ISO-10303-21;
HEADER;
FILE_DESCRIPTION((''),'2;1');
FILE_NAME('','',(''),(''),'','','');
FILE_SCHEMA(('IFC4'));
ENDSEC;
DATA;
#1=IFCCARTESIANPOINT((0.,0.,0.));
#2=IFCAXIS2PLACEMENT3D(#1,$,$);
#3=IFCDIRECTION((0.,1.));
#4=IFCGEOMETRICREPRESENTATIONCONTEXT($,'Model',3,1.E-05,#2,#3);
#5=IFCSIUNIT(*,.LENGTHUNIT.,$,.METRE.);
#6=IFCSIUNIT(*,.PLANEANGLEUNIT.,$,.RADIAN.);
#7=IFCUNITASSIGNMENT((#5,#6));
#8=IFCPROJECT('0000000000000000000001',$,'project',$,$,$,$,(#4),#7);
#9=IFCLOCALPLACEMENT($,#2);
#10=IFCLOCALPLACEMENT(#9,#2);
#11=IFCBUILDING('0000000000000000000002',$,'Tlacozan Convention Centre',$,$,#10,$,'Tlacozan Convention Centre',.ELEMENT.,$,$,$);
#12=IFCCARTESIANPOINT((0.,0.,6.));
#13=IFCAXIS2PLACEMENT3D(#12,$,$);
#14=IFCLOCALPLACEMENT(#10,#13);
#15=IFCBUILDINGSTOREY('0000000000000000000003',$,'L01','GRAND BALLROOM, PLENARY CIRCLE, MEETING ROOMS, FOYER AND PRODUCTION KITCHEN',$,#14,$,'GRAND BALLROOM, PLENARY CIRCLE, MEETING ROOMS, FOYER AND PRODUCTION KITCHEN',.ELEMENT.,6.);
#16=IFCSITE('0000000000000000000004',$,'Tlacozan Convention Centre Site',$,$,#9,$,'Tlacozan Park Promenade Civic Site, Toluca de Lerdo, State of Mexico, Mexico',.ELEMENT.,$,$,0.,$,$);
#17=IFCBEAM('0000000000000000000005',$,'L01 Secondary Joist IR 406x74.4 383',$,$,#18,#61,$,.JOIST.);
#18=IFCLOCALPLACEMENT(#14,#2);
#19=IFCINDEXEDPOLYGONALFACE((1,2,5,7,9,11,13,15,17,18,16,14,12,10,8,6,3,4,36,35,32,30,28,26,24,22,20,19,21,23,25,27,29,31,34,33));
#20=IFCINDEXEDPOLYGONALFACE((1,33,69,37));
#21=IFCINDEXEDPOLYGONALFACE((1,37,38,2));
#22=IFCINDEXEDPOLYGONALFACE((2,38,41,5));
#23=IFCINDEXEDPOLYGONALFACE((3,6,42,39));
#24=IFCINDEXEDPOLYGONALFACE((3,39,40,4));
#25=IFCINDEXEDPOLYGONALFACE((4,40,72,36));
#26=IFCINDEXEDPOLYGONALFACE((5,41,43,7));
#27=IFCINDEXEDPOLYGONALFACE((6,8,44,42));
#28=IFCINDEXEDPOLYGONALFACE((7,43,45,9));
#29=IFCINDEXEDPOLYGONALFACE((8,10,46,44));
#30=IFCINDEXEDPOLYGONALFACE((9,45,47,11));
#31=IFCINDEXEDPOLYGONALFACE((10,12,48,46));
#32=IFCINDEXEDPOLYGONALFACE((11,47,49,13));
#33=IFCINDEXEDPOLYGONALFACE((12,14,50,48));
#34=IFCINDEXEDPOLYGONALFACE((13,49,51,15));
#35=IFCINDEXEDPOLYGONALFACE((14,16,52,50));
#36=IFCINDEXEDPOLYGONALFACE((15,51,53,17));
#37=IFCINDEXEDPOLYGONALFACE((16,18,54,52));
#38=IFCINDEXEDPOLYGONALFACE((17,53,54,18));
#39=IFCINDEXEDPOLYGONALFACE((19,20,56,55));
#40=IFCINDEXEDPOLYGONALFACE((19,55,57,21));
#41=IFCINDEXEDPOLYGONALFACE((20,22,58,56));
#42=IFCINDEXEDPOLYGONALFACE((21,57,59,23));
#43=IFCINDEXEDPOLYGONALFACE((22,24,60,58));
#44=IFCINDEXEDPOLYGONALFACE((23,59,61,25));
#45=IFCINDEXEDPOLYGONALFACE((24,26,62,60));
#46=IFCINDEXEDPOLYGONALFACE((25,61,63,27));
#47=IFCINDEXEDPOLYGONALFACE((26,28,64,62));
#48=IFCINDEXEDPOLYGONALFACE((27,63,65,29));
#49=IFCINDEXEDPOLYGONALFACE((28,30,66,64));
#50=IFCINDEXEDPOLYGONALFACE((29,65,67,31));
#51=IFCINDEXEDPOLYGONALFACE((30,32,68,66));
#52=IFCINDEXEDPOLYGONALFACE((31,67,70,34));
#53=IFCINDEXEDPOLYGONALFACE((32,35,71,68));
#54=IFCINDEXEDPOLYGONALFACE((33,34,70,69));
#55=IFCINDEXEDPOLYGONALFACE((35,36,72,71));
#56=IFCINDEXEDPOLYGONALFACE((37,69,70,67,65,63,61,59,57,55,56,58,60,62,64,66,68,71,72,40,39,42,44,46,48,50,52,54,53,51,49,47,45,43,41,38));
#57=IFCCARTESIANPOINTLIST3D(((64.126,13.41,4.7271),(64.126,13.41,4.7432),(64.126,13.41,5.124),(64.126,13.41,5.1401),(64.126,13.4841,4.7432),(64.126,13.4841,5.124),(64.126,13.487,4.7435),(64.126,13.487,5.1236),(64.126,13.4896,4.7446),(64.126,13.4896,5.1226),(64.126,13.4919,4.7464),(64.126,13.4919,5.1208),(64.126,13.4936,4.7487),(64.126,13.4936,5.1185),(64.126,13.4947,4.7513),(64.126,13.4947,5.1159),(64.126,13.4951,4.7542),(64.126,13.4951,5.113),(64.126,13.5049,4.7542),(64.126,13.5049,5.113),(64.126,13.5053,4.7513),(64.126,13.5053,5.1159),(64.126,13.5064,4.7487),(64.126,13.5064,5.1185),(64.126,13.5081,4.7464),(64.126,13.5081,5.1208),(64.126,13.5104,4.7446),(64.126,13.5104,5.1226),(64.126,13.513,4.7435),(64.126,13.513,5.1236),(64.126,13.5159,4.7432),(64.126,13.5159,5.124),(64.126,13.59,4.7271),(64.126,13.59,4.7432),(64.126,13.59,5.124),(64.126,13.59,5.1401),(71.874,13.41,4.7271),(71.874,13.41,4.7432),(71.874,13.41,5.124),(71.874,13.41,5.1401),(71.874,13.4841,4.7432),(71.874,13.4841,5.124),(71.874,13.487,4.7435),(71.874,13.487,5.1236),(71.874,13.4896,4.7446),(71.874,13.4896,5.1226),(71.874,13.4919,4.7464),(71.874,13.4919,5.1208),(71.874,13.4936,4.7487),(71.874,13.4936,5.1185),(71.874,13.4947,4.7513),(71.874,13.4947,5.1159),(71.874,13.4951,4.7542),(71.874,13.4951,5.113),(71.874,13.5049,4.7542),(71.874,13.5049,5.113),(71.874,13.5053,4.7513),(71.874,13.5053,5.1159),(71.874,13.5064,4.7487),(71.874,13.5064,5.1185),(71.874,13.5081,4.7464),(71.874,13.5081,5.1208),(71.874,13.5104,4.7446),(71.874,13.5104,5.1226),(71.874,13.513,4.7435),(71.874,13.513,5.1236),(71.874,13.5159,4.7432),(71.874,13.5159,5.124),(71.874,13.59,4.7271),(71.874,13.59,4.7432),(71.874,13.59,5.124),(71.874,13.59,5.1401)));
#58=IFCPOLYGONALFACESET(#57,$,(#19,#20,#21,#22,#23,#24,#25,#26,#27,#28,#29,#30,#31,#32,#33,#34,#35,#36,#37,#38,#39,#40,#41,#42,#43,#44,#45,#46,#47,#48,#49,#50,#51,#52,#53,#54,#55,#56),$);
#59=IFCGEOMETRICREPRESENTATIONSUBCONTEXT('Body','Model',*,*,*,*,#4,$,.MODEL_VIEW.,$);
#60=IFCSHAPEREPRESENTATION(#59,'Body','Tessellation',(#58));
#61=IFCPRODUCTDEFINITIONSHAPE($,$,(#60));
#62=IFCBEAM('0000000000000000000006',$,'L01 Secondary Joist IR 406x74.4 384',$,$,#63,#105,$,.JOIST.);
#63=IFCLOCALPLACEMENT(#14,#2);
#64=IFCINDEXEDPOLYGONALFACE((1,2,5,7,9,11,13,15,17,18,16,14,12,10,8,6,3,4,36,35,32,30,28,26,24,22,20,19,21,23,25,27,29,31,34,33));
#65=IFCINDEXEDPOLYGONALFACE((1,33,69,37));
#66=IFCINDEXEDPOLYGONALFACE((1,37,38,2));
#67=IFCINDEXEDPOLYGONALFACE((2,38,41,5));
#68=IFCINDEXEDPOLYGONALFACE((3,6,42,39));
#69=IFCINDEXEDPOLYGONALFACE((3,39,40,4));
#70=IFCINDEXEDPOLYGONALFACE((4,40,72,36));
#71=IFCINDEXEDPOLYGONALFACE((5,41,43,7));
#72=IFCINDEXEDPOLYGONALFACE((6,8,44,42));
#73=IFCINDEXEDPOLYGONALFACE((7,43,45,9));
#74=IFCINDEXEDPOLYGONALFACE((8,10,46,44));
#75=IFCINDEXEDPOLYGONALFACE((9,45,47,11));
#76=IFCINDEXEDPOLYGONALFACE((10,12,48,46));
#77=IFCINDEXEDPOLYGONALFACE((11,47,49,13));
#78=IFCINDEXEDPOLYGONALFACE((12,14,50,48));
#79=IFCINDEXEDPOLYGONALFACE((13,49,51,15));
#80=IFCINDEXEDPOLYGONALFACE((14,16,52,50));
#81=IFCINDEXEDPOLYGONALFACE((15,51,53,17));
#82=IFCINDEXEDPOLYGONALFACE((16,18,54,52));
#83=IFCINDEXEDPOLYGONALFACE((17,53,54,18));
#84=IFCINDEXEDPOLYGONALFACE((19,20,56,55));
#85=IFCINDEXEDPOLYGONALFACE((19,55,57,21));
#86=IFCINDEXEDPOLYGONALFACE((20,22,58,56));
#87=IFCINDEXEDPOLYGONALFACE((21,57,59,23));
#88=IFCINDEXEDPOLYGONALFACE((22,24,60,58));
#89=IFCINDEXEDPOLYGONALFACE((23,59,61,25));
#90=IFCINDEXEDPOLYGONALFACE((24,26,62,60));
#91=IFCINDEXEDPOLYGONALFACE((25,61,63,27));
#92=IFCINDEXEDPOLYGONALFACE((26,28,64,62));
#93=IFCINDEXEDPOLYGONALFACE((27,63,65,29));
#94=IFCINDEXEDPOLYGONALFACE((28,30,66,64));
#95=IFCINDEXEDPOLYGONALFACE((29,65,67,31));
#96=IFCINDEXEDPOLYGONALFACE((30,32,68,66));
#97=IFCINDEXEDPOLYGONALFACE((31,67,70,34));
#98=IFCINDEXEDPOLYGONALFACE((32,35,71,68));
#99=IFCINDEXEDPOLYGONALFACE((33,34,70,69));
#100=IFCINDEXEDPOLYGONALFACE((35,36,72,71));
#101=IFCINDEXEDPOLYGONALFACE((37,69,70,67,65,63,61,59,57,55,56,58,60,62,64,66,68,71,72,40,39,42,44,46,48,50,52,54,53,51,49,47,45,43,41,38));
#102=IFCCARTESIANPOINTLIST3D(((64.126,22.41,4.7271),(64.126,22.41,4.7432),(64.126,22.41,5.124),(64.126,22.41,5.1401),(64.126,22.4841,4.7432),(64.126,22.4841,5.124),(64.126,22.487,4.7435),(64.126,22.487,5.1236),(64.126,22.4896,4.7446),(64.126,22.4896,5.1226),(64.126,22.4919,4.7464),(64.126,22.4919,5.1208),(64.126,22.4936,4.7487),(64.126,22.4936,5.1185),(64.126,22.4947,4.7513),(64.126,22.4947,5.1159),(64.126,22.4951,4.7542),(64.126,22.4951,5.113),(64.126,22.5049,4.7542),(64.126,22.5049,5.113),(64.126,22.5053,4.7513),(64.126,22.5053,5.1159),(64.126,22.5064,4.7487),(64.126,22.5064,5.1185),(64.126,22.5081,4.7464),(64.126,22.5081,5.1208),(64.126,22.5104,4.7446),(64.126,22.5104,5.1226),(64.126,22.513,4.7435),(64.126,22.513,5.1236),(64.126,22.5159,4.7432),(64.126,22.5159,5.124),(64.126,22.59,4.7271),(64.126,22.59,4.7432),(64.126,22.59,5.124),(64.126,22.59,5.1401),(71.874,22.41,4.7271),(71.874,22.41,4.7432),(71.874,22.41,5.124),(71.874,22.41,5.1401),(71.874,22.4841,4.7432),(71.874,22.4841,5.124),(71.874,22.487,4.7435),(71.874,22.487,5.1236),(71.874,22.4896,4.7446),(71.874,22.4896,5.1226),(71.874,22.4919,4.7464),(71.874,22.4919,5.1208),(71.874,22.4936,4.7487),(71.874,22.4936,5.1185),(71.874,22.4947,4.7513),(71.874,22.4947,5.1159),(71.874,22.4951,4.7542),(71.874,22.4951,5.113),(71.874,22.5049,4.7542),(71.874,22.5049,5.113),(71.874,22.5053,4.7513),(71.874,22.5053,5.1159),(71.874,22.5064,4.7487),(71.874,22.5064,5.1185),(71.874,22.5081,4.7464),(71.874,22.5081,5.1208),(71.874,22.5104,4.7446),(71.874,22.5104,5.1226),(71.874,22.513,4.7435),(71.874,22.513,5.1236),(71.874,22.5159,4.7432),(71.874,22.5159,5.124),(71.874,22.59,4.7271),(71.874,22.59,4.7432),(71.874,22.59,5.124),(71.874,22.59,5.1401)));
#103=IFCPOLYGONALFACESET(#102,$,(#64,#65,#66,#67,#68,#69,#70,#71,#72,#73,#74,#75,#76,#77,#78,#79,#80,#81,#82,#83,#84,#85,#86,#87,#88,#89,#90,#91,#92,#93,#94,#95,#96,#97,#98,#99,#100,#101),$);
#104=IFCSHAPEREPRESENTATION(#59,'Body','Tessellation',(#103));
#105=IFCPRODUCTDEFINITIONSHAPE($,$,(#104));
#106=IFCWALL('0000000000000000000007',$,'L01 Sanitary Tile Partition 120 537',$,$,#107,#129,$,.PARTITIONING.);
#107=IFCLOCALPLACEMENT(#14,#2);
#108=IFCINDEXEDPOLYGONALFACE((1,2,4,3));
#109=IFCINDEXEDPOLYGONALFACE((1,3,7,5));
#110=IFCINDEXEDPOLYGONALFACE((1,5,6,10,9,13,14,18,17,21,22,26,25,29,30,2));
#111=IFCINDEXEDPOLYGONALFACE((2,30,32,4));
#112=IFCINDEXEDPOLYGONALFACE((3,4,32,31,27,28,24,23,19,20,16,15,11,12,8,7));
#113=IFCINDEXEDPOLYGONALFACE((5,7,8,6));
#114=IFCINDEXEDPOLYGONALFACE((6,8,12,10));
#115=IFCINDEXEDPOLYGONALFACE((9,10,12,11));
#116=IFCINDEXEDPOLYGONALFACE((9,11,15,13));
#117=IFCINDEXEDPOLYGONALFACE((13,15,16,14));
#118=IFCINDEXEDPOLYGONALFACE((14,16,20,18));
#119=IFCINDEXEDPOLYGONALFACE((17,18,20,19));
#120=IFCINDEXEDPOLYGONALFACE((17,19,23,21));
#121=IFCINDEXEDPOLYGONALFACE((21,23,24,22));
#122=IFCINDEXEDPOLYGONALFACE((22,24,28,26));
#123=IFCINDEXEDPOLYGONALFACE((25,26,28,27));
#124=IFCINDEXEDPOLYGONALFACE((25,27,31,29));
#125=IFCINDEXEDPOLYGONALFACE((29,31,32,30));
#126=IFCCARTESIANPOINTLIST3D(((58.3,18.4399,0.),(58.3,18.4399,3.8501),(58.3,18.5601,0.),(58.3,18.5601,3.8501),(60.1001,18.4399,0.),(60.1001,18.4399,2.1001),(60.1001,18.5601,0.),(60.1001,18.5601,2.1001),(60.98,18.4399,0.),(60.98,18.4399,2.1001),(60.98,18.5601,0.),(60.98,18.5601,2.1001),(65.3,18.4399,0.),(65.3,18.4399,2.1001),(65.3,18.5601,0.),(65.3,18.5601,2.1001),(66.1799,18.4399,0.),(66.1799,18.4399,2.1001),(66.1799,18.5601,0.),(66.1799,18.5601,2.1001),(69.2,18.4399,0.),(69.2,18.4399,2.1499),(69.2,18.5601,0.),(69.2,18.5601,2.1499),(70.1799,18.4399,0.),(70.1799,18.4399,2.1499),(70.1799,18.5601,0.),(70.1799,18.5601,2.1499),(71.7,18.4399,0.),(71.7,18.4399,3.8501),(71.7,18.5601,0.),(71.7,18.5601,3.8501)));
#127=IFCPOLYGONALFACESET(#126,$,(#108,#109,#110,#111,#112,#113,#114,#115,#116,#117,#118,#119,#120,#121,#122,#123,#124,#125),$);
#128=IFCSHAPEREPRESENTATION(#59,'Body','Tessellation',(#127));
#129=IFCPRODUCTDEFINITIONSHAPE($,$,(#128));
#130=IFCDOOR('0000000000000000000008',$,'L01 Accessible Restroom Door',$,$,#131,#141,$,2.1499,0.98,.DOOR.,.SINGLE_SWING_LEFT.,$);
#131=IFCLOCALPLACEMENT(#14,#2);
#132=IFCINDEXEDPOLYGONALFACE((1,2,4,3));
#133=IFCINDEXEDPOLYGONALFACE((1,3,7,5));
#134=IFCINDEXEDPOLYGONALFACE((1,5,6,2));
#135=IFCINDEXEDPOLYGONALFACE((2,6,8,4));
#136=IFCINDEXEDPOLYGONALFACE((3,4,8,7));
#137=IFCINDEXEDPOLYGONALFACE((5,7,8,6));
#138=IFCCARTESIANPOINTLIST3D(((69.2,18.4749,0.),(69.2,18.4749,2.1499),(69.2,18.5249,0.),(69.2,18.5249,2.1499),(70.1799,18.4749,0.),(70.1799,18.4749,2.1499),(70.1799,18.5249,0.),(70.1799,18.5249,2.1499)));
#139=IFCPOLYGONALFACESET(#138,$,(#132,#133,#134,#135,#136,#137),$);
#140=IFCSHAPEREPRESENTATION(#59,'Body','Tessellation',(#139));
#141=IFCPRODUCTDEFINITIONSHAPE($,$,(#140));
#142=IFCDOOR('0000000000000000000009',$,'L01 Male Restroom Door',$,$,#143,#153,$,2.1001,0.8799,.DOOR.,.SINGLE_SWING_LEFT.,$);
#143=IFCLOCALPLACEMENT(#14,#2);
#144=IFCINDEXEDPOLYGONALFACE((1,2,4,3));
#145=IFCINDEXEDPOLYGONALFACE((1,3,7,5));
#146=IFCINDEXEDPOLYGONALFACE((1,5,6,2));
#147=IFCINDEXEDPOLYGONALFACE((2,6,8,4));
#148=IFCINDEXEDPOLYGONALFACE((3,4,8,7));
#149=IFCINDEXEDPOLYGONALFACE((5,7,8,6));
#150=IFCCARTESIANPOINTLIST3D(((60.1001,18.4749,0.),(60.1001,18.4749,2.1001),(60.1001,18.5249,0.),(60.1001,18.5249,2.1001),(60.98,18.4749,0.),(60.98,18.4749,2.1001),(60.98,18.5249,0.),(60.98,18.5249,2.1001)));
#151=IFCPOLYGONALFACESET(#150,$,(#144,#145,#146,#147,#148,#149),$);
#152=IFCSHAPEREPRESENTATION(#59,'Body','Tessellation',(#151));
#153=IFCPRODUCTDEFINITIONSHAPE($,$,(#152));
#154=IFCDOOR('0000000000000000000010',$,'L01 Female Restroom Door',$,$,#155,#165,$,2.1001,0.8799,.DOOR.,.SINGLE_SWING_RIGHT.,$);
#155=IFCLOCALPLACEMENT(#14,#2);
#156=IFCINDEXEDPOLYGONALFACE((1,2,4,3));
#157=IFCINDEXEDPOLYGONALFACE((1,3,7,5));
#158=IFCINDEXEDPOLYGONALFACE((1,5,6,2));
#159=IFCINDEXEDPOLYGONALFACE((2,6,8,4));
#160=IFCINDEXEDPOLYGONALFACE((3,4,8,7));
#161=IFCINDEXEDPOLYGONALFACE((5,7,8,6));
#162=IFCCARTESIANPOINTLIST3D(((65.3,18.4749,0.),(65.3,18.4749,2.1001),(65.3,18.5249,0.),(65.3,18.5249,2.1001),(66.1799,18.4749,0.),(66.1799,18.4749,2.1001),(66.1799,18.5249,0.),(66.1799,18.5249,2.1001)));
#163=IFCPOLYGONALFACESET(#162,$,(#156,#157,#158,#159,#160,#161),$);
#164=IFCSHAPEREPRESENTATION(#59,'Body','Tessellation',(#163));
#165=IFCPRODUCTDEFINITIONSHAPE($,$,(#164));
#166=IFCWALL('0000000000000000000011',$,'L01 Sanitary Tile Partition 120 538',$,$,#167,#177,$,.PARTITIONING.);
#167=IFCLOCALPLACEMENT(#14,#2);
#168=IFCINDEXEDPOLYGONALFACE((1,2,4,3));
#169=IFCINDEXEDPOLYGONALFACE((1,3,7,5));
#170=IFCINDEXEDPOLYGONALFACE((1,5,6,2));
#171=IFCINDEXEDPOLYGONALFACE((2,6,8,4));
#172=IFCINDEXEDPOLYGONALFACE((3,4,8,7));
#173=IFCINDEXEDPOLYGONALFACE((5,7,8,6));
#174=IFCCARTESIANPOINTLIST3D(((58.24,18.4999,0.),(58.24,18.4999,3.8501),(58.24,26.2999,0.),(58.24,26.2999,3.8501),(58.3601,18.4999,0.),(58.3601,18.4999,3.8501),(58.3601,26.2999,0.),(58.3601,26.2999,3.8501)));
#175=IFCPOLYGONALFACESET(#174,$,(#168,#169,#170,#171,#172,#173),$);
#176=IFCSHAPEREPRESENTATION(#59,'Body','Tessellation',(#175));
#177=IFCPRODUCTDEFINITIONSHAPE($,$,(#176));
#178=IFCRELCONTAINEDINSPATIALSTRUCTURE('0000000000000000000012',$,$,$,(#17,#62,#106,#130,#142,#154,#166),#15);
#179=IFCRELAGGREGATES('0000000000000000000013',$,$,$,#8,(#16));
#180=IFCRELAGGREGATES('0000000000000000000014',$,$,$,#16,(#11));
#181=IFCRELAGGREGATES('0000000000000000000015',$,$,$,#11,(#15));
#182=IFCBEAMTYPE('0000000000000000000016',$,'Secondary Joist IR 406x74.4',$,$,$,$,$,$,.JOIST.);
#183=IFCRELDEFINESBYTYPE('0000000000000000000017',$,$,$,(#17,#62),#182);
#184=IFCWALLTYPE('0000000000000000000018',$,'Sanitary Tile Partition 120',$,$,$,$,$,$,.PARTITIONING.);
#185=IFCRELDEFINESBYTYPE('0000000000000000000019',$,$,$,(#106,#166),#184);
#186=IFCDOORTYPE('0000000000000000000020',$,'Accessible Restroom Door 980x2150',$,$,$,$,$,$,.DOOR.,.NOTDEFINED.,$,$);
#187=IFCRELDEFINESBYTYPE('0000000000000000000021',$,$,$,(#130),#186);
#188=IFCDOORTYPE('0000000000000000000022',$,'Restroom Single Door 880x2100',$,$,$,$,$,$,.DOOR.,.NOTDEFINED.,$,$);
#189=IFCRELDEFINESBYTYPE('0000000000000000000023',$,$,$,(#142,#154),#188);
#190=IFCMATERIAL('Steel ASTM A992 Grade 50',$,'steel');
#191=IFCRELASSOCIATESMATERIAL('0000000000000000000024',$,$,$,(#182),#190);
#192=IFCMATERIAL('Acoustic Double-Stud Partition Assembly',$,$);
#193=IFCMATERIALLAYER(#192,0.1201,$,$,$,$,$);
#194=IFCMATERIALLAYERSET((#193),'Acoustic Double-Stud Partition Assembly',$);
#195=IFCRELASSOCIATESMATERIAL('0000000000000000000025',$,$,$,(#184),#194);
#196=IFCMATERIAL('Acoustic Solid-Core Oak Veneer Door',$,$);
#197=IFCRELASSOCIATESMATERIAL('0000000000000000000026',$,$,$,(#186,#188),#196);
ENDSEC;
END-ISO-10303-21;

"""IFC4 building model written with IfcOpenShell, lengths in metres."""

from ifc_helpers import new_model, si_unit, direction, frame, frame_2d, origin, origin_2d, place, context, subcontext, project, spatial, rectangle, i_section, extrude, material, layer, layer_set, material_profile, profile_set, type_object, element, fill, save


model = new_model("IFC4")

# Units and contexts
model_context = context("Model", 3, precision=1e-05, world=origin(), true_north=direction((0.0, 1.0)))
body_context = subcontext(model_context, "Body", "Model", "MODEL_VIEW")
ifc_project = project(units=[si_unit("LENGTHUNIT", "METRE"), si_unit("PLANEANGLEUNIT", "RADIAN")], contexts=[model_context])

# Site, building, storey
site_placement = place(None, origin())
site = spatial("IfcSite", under=ifc_project, at=site_placement, Name="Tlacozan Convention Centre Site", LongName="Tlacozan Park Promenade Civic Site, Toluca de Lerdo, State of Mexico, Mexico", CompositionType="ELEMENT", RefElevation=0.0)
building_placement = place(site_placement, origin())
building = spatial("IfcBuilding", under=site, at=building_placement, Name="Tlacozan Convention Centre", LongName="Tlacozan Convention Centre", CompositionType="ELEMENT")
storey_placement = place(building_placement, frame((0.0, 0.0, 6.0)))
storey = spatial("IfcBuildingStorey", under=building, at=storey_placement, Name="L01", Description="GRAND BALLROOM, PLENARY CIRCLE, MEETING ROOMS, FOYER AND PRODUCTION KITCHEN", LongName="GRAND BALLROOM, PLENARY CIRCLE, MEETING ROOMS, FOYER AND PRODUCTION KITCHEN", CompositionType="ELEMENT", Elevation=6.0)

# Beams
ifc_material_1 = material(Name="Steel ASTM A992 Grade 50", Category="steel")
ifc_material_profile_1 = material_profile(ifc_material_1, i_section(OverallWidth=0.1799, OverallDepth=0.4131, WebThickness=0.0098, FlangeThickness=0.0161, FilletRadius=0.011, at=origin_2d()), Name="IR 406x74.4")
ifc_profile_set_1 = profile_set([ifc_material_profile_1], Name="Steel ASTM A992 Grade 50")
beam_type_1 = type_object("IfcBeamType", Name="Secondary Joist IR 406x74.4", PredefinedType="JOIST", material=ifc_profile_set_1)
for number, where, z_axis, x_axis, name in (
    (1, (64.126, 13.5, 4.9336), (1.0, 0.0, 0.0), (0.0, 1.0, 0.0), "L01 Secondary Joist IR 406x74.4 383"),
    (2, (64.126, 22.5, 4.9336), (1.0, 0.0, 0.0), (0.0, 1.0, 0.0), "L01 Secondary Joist IR 406x74.4 384"),
):
    element("IfcBeam", number, at=place(storey_placement, frame(where, z_axis=z_axis, x_axis=x_axis)), inside=storey, type_object=beam_type_1, Name=name, PredefinedType="JOIST", context=body_context, shape_type="SweptSolid", body=[
        extrude(i_section(OverallWidth=0.1799, OverallDepth=0.4131, WebThickness=0.0098, FlangeThickness=0.0161, FilletRadius=0.011, at=origin_2d()), origin(), (0.0, 0.0, 1.0), 7.748),
    ])

# Wall, openings, doors
ifc_material_2 = material(Name="Acoustic Double-Stud Partition Assembly")
ifc_layer_1 = layer(ifc_material_2, 0.1201)
ifc_layer_set_1 = layer_set([ifc_layer_1], Name="Acoustic Double-Stud Partition Assembly")
wall_type_1 = type_object("IfcWallType", Name="Sanitary Tile Partition 120", PredefinedType="PARTITIONING", material=ifc_layer_set_1)
wall_1_placement = place(storey_placement, frame((58.3, 18.5, 0.0), z_axis=(0.0, 0.0, 1.0), x_axis=(1.0, 0.0, 0.0)))
wall_1 = element("IfcWall", 3, at=wall_1_placement, inside=storey, type_object=wall_type_1, Name="L01 Sanitary Tile Partition 120 537", PredefinedType="PARTITIONING", context=body_context, shape_type="SweptSolid", body=[
    extrude(rectangle(XDim=13.3999, YDim=0.1201, at=frame_2d((6.7, 0.0))), origin(), (0.0, 0.0, 1.0), 3.8501),
])
opening_1_placement = place(wall_1_placement, frame((1.8, 0.0, 0.0)))
opening_1 = element("IfcOpeningElement", 4, at=opening_1_placement, cuts=wall_1, PredefinedType="OPENING", context=body_context, shape_type="SweptSolid", body=[
    extrude(rectangle(XDim=0.8799, YDim=2.1001, at=frame_2d((0.4399, 1.05))), frame((0.0, 0.0701, 0.0), z_axis=(0.0, -1.0, 0.0), x_axis=(1.0, 0.0, 0.0)), (0.0, 0.0, 1.0), 0.1401),
])
opening_2_placement = place(wall_1_placement, frame((7.0, 0.0, 0.0)))
opening_2 = element("IfcOpeningElement", 5, at=opening_2_placement, cuts=wall_1, PredefinedType="OPENING", context=body_context, shape_type="SweptSolid", body=[
    extrude(rectangle(XDim=0.8799, YDim=2.1001, at=frame_2d((0.4399, 1.05))), frame((0.0, 0.0701, 0.0), z_axis=(0.0, -1.0, 0.0), x_axis=(1.0, 0.0, 0.0)), (0.0, 0.0, 1.0), 0.1401),
])
opening_3_placement = place(wall_1_placement, frame((10.8999, 0.0, 0.0)))
opening_3 = element("IfcOpeningElement", 6, at=opening_3_placement, cuts=wall_1, PredefinedType="OPENING", context=body_context, shape_type="SweptSolid", body=[
    extrude(rectangle(XDim=0.98, YDim=2.1499, at=frame_2d((0.49, 1.075))), frame((0.0, 0.0701, 0.0), z_axis=(0.0, -1.0, 0.0), x_axis=(1.0, 0.0, 0.0)), (0.0, 0.0, 1.0), 0.1401),
])
ifc_material_3 = material(Name="Acoustic Solid-Core Oak Veneer Door")
door_type_1 = type_object("IfcDoorType", Name="Accessible Restroom Door 980x2150", OperationType="NOTDEFINED", PredefinedType="DOOR", material=ifc_material_3)
door_1_placement = place(opening_3_placement, origin())
door_1 = element("IfcDoor", 7, at=door_1_placement, inside=storey, type_object=door_type_1, Name="L01 Accessible Restroom Door", OperationType="SINGLE_SWING_LEFT", OverallHeight=2.1499, OverallWidth=0.98, PredefinedType="DOOR", context=body_context, shape_type="SweptSolid", body=[
    extrude(rectangle(XDim=0.98, YDim=2.1499, at=frame_2d((0.49, 1.075))), frame((0.0, 0.0249, 0.0), z_axis=(0.0, -1.0, 0.0), x_axis=(1.0, 0.0, 0.0)), (0.0, 0.0, 1.0), 0.05),
])
fill(opening_3, door_1)
door_type_2 = type_object("IfcDoorType", Name="Restroom Single Door 880x2100", OperationType="NOTDEFINED", PredefinedType="DOOR", material=ifc_material_3)
door_2_placement = place(opening_1_placement, origin())
door_2 = element("IfcDoor", 8, at=door_2_placement, inside=storey, type_object=door_type_2, Name="L01 Male Restroom Door", OperationType="SINGLE_SWING_LEFT", OverallHeight=2.1001, OverallWidth=0.8799, PredefinedType="DOOR", context=body_context, shape_type="SweptSolid", body=[
    extrude(rectangle(XDim=0.8799, YDim=2.1001, at=frame_2d((0.4399, 1.05))), frame((0.0, 0.0249, 0.0), z_axis=(0.0, -1.0, 0.0), x_axis=(1.0, 0.0, 0.0)), (0.0, 0.0, 1.0), 0.05),
])
fill(opening_1, door_2)
door_3_placement = place(opening_2_placement, origin())
door_3 = element("IfcDoor", 9, at=door_3_placement, inside=storey, type_object=door_type_2, Name="L01 Female Restroom Door", OperationType="SINGLE_SWING_RIGHT", OverallHeight=2.1001, OverallWidth=0.8799, PredefinedType="DOOR", context=body_context, shape_type="SweptSolid", body=[
    extrude(rectangle(XDim=0.8799, YDim=2.1001, at=frame_2d((0.4399, 1.05))), frame((0.0, 0.0249, 0.0), z_axis=(0.0, -1.0, 0.0), x_axis=(1.0, 0.0, 0.0)), (0.0, 0.0, 1.0), 0.05),
])
fill(opening_2, door_3)

# Wall
for number, where, z_axis, x_axis, name in (
    (10, (58.3, 18.5, 0.0), (0.0, 0.0, 1.0), (0.0, 1.0, 0.0), "L01 Sanitary Tile Partition 120 538"),
):
    element("IfcWall", number, at=place(storey_placement, frame(where, z_axis=z_axis, x_axis=x_axis)), inside=storey, type_object=wall_type_1, Name=name, PredefinedType="PARTITIONING", context=body_context, shape_type="SweptSolid", body=[
        extrude(rectangle(XDim=7.8, YDim=0.1201, at=frame_2d((3.8999, 0.0))), origin(), (0.0, 0.0, 1.0), 3.8501),
    ])

save(model, "model.ifc")
